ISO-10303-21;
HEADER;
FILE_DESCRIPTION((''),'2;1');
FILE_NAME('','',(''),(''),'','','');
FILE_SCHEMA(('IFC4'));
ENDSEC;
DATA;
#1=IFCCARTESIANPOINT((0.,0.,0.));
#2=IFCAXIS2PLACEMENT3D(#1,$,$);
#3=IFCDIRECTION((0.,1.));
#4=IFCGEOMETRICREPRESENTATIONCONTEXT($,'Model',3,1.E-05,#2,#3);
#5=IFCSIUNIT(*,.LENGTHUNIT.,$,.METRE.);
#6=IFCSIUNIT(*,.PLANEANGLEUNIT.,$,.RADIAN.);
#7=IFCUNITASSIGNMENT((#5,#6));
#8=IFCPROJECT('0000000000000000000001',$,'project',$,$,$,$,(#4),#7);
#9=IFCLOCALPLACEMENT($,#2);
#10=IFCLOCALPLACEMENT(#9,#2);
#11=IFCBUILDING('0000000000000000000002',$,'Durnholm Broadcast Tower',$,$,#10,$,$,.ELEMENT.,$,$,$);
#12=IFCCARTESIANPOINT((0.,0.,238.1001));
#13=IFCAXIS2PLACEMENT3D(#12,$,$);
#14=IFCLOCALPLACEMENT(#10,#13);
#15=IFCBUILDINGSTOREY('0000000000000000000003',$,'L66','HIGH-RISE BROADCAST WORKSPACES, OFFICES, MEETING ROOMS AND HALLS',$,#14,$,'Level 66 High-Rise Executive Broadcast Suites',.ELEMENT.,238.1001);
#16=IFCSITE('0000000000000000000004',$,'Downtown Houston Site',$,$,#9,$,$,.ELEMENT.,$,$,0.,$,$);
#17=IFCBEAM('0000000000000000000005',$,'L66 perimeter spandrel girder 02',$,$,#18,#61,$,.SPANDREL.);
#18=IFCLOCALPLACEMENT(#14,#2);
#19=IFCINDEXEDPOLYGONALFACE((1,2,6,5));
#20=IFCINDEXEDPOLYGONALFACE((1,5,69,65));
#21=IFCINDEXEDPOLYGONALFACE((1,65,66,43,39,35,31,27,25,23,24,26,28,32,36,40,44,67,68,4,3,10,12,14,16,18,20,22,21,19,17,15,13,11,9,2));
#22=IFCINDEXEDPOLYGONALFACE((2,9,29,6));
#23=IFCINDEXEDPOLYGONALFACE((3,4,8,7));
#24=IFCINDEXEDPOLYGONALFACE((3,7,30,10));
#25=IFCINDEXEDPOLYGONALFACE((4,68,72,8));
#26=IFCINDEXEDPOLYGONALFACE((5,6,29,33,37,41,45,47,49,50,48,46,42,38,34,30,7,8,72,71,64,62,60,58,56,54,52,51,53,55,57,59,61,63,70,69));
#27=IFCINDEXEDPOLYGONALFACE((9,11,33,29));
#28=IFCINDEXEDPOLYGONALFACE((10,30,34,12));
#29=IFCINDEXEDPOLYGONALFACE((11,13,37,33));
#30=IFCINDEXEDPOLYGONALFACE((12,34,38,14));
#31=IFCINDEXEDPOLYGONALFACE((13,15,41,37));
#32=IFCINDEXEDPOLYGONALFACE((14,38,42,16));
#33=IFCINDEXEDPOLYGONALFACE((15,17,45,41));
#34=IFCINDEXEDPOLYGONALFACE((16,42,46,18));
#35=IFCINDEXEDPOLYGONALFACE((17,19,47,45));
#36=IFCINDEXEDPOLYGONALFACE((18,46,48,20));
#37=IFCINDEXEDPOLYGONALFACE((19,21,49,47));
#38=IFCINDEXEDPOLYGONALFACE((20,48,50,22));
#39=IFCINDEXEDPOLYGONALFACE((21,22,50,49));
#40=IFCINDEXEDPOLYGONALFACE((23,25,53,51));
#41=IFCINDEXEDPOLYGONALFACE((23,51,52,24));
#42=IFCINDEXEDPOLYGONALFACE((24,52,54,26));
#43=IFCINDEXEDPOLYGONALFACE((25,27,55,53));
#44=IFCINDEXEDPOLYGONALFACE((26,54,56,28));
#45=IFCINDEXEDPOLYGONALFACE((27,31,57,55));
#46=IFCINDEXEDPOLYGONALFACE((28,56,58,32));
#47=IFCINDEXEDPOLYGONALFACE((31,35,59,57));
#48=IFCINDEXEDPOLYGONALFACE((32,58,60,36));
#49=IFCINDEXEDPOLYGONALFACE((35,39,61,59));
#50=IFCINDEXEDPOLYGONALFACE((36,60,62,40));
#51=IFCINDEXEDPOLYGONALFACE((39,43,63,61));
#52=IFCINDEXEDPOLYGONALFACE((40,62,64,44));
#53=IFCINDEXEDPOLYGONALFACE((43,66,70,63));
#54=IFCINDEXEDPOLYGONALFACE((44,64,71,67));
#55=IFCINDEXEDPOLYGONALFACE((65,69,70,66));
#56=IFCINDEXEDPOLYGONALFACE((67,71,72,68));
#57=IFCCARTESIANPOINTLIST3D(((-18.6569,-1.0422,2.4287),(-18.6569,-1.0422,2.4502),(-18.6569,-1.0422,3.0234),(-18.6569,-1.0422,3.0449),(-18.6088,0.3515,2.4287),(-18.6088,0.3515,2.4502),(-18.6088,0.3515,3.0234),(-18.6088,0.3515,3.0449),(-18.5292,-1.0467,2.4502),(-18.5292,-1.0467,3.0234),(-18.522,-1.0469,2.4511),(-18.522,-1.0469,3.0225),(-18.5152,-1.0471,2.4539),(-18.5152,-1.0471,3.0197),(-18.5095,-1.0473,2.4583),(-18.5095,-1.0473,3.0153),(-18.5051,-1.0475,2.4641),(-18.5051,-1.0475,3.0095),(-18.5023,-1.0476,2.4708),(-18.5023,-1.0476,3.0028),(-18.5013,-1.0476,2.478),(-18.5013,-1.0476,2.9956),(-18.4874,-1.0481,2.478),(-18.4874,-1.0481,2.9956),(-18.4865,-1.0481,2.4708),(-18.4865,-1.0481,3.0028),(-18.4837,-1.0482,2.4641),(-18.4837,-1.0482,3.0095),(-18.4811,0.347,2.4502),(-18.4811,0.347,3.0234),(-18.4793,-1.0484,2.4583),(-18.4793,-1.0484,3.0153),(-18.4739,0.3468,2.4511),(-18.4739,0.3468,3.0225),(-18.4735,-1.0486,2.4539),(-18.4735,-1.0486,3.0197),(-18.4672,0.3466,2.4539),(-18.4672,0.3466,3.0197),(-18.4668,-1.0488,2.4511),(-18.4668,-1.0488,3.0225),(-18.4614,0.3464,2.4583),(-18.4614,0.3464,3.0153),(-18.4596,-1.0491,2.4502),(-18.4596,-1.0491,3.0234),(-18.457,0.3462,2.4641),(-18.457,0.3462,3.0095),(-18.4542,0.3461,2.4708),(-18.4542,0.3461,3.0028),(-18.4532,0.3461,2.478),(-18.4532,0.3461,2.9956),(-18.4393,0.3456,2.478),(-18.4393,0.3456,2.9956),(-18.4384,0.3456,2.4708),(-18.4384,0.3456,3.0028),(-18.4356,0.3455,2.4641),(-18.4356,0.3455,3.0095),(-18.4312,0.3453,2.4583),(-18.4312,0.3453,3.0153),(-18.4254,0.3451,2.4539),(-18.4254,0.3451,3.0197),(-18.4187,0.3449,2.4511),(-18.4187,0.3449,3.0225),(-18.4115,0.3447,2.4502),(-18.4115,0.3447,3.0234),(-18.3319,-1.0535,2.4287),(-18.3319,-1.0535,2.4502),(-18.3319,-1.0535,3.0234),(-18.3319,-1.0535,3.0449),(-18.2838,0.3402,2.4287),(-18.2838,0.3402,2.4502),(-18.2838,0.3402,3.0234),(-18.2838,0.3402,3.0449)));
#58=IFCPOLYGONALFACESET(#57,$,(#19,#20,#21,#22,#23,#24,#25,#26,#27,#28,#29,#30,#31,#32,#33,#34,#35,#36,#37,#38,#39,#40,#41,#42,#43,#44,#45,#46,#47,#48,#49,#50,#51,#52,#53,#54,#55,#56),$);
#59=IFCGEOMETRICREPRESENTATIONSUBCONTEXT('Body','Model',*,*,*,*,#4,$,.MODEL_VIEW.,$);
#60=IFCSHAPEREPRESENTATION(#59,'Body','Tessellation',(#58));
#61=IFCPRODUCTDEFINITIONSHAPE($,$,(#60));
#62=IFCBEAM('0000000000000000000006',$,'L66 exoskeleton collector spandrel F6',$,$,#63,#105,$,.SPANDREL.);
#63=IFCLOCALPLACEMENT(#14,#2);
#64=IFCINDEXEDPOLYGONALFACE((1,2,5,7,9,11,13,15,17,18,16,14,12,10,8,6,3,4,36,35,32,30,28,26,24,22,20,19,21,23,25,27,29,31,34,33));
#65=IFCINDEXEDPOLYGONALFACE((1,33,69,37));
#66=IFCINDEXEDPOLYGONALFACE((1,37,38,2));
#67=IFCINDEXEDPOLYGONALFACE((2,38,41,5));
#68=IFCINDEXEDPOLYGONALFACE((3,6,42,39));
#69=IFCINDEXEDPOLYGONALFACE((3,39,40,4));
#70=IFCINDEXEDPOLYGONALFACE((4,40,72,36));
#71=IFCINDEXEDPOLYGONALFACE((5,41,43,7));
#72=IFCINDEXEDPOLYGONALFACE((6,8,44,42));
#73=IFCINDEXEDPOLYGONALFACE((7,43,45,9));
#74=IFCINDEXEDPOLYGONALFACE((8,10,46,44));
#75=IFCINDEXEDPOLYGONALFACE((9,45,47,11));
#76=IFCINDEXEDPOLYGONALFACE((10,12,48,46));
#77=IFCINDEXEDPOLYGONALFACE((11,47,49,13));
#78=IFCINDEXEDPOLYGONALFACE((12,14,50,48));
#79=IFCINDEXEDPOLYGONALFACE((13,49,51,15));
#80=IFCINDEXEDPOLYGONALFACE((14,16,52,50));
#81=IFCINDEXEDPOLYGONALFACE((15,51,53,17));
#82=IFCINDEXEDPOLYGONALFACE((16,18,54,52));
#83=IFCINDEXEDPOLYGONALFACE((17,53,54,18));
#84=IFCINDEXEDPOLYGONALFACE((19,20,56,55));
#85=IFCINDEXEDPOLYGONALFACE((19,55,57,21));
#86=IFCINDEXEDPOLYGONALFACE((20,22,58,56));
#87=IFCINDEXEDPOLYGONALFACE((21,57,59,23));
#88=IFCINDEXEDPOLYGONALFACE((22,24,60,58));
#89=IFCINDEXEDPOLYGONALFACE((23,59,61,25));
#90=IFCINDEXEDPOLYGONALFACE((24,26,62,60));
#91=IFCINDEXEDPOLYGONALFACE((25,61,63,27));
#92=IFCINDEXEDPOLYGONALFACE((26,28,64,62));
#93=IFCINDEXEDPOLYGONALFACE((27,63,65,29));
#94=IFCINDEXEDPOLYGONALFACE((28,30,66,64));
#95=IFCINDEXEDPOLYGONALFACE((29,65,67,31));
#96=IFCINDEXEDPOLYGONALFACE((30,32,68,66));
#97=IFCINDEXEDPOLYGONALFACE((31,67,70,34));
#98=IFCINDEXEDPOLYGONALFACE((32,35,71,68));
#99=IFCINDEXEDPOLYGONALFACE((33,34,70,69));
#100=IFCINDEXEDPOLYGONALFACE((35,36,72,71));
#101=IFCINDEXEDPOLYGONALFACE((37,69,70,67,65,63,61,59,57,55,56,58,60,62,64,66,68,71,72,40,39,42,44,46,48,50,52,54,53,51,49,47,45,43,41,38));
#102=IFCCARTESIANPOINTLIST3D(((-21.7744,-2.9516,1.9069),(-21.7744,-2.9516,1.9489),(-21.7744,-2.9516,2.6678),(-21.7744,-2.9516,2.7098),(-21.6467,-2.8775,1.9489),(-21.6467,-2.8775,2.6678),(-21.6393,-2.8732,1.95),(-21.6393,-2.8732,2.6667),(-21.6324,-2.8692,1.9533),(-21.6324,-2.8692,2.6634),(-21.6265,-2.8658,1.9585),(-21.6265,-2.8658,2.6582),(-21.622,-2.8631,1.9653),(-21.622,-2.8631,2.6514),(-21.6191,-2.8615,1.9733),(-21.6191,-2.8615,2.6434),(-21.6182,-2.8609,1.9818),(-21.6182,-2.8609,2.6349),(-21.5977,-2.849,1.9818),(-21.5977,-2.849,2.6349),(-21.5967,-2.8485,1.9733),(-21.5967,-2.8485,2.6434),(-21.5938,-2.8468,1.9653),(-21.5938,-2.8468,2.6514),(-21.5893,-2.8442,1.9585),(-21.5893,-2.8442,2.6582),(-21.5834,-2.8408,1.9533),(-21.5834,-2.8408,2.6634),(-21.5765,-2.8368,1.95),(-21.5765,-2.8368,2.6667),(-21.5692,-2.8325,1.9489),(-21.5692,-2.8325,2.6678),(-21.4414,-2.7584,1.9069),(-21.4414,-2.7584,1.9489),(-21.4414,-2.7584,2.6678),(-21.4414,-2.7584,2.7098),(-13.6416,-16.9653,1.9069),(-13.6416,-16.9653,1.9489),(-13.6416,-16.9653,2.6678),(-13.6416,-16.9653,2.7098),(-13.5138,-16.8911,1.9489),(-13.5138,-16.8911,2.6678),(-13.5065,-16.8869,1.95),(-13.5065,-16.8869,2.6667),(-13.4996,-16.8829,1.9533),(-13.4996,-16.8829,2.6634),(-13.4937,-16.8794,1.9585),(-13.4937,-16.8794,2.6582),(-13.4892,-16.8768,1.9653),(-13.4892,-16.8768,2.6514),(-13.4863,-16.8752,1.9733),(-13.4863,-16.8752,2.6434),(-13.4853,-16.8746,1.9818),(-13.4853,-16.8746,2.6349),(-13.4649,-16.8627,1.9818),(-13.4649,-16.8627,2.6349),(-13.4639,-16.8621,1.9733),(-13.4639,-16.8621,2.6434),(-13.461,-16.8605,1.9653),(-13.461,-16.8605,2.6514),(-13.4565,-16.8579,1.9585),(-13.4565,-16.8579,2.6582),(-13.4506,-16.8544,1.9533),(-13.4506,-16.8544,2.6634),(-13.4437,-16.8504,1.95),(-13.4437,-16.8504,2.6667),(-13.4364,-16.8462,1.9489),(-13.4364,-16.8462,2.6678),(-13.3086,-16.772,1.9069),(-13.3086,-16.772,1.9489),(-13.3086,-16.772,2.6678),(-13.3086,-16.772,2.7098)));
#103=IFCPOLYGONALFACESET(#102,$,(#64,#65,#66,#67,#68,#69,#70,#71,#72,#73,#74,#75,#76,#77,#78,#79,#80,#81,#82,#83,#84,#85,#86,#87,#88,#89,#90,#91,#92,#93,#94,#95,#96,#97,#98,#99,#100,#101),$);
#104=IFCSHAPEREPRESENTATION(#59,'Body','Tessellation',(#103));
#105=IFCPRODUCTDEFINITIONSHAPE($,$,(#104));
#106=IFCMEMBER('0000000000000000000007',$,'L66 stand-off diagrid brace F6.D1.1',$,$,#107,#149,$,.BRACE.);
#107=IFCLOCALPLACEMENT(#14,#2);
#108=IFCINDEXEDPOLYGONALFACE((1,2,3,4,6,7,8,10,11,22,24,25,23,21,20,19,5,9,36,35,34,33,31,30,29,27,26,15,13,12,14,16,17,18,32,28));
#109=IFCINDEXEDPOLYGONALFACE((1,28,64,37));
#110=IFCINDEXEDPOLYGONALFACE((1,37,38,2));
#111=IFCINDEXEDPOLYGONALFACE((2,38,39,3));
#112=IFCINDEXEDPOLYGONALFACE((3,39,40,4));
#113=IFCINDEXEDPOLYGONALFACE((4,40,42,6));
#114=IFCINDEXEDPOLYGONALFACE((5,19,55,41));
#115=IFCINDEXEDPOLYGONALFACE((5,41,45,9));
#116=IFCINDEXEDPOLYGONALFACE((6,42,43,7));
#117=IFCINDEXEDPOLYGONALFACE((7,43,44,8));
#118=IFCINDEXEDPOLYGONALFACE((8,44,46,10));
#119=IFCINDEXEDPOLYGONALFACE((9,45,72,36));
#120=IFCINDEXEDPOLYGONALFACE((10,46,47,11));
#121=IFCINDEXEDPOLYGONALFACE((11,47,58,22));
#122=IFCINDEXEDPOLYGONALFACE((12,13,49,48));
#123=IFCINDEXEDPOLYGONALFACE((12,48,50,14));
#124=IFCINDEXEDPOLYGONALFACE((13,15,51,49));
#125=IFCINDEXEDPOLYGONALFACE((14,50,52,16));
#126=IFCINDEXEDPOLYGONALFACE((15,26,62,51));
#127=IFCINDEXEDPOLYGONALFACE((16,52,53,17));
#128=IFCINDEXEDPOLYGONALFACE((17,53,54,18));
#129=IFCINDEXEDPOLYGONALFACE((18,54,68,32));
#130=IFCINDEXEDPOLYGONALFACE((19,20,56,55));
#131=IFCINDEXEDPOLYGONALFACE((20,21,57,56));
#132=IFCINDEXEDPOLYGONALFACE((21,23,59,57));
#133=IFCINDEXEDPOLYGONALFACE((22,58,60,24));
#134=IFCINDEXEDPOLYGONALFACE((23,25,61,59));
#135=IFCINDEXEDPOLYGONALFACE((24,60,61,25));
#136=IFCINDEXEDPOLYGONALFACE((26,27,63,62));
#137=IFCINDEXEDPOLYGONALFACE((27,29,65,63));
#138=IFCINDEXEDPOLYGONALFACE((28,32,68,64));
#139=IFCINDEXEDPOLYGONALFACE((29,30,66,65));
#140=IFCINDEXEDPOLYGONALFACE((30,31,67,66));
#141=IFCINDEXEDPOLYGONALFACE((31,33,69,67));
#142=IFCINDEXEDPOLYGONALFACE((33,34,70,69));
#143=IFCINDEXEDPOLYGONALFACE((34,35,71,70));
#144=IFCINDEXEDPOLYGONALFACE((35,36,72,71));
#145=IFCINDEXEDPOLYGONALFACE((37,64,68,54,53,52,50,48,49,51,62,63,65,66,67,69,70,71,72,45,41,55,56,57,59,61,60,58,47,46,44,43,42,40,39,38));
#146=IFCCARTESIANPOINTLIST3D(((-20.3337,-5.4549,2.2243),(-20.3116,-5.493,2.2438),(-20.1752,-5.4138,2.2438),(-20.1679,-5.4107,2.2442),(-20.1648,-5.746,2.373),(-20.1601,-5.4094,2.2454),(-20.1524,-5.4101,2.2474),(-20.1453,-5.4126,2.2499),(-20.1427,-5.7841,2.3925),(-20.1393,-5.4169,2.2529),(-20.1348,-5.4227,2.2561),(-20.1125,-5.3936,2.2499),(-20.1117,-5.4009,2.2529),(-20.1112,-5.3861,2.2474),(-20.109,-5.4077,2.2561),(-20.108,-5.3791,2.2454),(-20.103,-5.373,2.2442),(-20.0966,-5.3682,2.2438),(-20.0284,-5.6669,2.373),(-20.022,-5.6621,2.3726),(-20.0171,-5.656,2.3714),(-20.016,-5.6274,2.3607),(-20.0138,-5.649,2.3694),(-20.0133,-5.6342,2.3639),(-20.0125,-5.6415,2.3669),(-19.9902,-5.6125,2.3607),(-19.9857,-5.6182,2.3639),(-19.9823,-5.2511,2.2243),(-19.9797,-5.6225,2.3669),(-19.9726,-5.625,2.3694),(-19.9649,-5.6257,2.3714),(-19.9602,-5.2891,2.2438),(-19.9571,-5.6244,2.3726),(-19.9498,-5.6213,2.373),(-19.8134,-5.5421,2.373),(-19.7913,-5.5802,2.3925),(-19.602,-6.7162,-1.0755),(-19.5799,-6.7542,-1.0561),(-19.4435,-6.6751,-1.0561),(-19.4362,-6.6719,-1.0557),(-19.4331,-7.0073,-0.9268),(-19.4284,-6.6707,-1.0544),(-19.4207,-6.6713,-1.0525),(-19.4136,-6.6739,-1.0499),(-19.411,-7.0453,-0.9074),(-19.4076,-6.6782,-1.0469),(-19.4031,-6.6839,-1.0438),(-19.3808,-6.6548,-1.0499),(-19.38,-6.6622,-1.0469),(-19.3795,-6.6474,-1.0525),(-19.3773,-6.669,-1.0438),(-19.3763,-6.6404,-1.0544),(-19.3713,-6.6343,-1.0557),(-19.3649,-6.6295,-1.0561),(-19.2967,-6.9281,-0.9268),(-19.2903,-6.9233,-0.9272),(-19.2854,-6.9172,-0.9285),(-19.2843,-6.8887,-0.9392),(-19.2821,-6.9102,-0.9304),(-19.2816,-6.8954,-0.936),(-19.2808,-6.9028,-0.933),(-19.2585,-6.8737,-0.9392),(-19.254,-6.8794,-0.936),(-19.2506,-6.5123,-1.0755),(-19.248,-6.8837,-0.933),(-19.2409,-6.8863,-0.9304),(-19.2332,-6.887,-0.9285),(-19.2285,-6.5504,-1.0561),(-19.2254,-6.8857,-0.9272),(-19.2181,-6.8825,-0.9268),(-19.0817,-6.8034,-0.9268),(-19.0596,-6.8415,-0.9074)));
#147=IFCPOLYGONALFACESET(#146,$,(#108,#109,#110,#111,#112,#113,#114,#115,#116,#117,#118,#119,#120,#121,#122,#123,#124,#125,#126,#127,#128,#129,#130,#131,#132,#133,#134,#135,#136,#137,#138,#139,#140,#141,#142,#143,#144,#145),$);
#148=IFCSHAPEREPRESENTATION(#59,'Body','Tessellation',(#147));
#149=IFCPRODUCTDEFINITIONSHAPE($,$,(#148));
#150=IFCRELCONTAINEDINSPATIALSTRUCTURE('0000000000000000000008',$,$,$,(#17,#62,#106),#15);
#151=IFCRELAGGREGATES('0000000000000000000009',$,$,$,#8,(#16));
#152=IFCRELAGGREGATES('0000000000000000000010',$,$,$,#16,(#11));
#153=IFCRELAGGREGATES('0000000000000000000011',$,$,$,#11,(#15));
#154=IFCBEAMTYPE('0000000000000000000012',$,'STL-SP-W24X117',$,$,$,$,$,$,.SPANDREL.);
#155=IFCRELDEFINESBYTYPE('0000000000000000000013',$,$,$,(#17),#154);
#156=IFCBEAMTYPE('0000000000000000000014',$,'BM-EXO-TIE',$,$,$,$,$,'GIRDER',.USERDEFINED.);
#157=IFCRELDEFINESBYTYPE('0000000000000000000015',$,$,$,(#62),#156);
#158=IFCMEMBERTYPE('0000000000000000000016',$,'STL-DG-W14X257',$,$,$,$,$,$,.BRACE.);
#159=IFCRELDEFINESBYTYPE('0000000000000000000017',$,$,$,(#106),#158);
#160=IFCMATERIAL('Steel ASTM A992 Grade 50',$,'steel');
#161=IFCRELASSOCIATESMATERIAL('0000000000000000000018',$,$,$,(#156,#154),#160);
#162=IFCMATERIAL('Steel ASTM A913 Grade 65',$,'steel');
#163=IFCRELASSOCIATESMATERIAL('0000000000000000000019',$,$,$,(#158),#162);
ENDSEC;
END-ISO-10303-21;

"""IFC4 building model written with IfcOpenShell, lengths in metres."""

from ifc_helpers import new_model, si_unit, direction, frame, origin, origin_2d, place, context, subcontext, project, spatial, i_section, extrude, source, transform, mapped, material, material_profile, profile_set, type_object, type_shapes, element, save


model = new_model("IFC4")

# Units and contexts
model_context = context("Model", 3, precision=1e-05, world=origin(), true_north=direction((0.0, 1.0)))
body_context = subcontext(model_context, "Body", "Model", "MODEL_VIEW")
ifc_project = project(units=[si_unit("LENGTHUNIT", "METRE"), si_unit("PLANEANGLEUNIT", "RADIAN")], contexts=[model_context])

# Site, building, storey
site_placement = place(None, origin())
site = spatial("IfcSite", under=ifc_project, at=site_placement, Name="Downtown Houston Site", CompositionType="ELEMENT", RefElevation=0.0)
building_placement = place(site_placement, origin())
building = spatial("IfcBuilding", under=site, at=building_placement, Name="Durnholm Broadcast Tower", CompositionType="ELEMENT")
storey_placement = place(building_placement, frame((0.0, 0.0, 238.1001)))
storey = spatial("IfcBuildingStorey", under=building, at=storey_placement, Name="L66", Description="HIGH-RISE BROADCAST WORKSPACES, OFFICES, MEETING ROOMS AND HALLS", LongName="Level 66 High-Rise Executive Broadcast Suites", CompositionType="ELEMENT", Elevation=238.1001)

# Beams
ifc_material_1 = material(Name="Steel ASTM A992 Grade 50", Category="steel")
ifc_material_profile_1 = material_profile(ifc_material_1, i_section(OverallWidth=0.385, OverallDepth=0.803, WebThickness=0.0237, FlangeThickness=0.042, FilletRadius=0.033, at=origin_2d()), Name="W30X261")
ifc_profile_set_1 = profile_set([ifc_material_profile_1], Name="Steel ASTM A992 Grade 50")
beam_type_1 = type_object("IfcBeamType", Name="BM-EXO-TIE", ElementType="GIRDER", PredefinedType="USERDEFINED", material=ifc_profile_set_1)
ifc_material_profile_2 = material_profile(ifc_material_1, i_section(OverallWidth=0.3252, OverallDepth=0.6162, WebThickness=0.0139, FlangeThickness=0.0215, FilletRadius=0.0278, at=origin_2d()), Name="W24X117")
ifc_profile_set_2 = profile_set([ifc_material_profile_2], Name="Steel ASTM A992 Grade 50")
beam_type_2 = type_object("IfcBeamType", Name="STL-SP-W24X117", PredefinedType="SPANDREL", material=ifc_profile_set_2)
shared_shape_1 = source(origin(), body_context, "Body", "SweptSolid", [
    extrude(i_section(OverallWidth=0.3252, OverallDepth=0.6162, WebThickness=0.0139, FlangeThickness=0.0215, FilletRadius=0.0278, at=origin_2d()), origin(), (0.0, 0.0, 1.0), 1.3945),
])
beam_1_placement = place(storey_placement, frame((-18.4944, -1.0479, 2.7368), z_axis=(0.034486, 0.999405, 0.0), x_axis=(-0.999405, 0.034486, 0.0)))
element("IfcBeam", 1, at=beam_1_placement, inside=storey, type_object=beam_type_2, Name="L66 perimeter spandrel girder 02", PredefinedType="SPANDREL", context=body_context, shape_type="MappedRepresentation", body=[
    mapped(shared_shape_1, transform((0.0, 0.0, 0.0), x_axis=(1.0, 0.0, 0.0), y_axis=(0.0, 1.0, 0.0), z_axis=(0.0, 0.0, 1.0), scale=1.0)),
])
shared_shape_2 = source(origin(), body_context, "Body", "SweptSolid", [
    extrude(i_section(OverallWidth=0.385, OverallDepth=0.803, WebThickness=0.0237, FlangeThickness=0.042, FilletRadius=0.033, at=origin_2d()), origin(), (0.0, 0.0, 1.0), 16.2026),
])
beam_2_placement = place(storey_placement, frame((-21.6079, -2.855, 2.3083), z_axis=(0.501944, -0.8649, 0.0), x_axis=(0.8649, 0.501944, 0.0)))
element("IfcBeam", 2, at=beam_2_placement, inside=storey, type_object=beam_type_1, Name="L66 exoskeleton collector spandrel F6", PredefinedType="SPANDREL", context=body_context, shape_type="MappedRepresentation", body=[
    mapped(shared_shape_2, transform((0.0, 0.0, 0.0), x_axis=(1.0, 0.0, 0.0), y_axis=(0.0, 1.0, 0.0), z_axis=(0.0, 0.0, 1.0), scale=1.0)),
])

# Member
ifc_material_2 = material(Name="Steel ASTM A913 Grade 65", Category="steel")
ifc_material_profile_3 = material_profile(ifc_material_2, i_section(OverallWidth=0.4062, OverallDepth=0.416, WebThickness=0.0298, FlangeThickness=0.0481, FilletRadius=0.0305, at=origin_2d()), Name="W14X257")
ifc_profile_set_3 = profile_set([ifc_material_profile_3], Name="Steel ASTM A913 Grade 65")
member_type_1 = type_object("IfcMemberType", Name="STL-DG-W14X257", PredefinedType="BRACE", material=ifc_profile_set_3)
shared_shape_3 = source(origin(), body_context, "Body", "SweptSolid", [
    extrude(i_section(OverallWidth=0.4062, OverallDepth=0.416, WebThickness=0.0298, FlangeThickness=0.0481, FilletRadius=0.0305, at=origin_2d()), origin(), (0.0, 0.0, 1.0), 3.6077),
])
type_shapes(member_type_1, [shared_shape_3])
for number, where, z_axis, x_axis, name in (
    (3, (-19.3308, -6.7788, -0.9915), (-0.202819, 0.349604, 0.914681), (-0.864979, -0.501808, 0.0), "L66 stand-off diagrid brace F6.D1.1"),
):
    element("IfcMember", number, at=place(storey_placement, frame(where, z_axis=z_axis, x_axis=x_axis)), inside=storey, type_object=member_type_1, Name=name, PredefinedType="BRACE", context=body_context, shape_type="MappedRepresentation", body=[
        mapped(shared_shape_3, transform((0.0, 0.0, 0.0), x_axis=(1.0, 0.0, 0.0), y_axis=(0.0, 1.0, 0.0), z_axis=(0.0, 0.0, 1.0), scale=1.0)),
    ])

save(model, "model.ifc")
